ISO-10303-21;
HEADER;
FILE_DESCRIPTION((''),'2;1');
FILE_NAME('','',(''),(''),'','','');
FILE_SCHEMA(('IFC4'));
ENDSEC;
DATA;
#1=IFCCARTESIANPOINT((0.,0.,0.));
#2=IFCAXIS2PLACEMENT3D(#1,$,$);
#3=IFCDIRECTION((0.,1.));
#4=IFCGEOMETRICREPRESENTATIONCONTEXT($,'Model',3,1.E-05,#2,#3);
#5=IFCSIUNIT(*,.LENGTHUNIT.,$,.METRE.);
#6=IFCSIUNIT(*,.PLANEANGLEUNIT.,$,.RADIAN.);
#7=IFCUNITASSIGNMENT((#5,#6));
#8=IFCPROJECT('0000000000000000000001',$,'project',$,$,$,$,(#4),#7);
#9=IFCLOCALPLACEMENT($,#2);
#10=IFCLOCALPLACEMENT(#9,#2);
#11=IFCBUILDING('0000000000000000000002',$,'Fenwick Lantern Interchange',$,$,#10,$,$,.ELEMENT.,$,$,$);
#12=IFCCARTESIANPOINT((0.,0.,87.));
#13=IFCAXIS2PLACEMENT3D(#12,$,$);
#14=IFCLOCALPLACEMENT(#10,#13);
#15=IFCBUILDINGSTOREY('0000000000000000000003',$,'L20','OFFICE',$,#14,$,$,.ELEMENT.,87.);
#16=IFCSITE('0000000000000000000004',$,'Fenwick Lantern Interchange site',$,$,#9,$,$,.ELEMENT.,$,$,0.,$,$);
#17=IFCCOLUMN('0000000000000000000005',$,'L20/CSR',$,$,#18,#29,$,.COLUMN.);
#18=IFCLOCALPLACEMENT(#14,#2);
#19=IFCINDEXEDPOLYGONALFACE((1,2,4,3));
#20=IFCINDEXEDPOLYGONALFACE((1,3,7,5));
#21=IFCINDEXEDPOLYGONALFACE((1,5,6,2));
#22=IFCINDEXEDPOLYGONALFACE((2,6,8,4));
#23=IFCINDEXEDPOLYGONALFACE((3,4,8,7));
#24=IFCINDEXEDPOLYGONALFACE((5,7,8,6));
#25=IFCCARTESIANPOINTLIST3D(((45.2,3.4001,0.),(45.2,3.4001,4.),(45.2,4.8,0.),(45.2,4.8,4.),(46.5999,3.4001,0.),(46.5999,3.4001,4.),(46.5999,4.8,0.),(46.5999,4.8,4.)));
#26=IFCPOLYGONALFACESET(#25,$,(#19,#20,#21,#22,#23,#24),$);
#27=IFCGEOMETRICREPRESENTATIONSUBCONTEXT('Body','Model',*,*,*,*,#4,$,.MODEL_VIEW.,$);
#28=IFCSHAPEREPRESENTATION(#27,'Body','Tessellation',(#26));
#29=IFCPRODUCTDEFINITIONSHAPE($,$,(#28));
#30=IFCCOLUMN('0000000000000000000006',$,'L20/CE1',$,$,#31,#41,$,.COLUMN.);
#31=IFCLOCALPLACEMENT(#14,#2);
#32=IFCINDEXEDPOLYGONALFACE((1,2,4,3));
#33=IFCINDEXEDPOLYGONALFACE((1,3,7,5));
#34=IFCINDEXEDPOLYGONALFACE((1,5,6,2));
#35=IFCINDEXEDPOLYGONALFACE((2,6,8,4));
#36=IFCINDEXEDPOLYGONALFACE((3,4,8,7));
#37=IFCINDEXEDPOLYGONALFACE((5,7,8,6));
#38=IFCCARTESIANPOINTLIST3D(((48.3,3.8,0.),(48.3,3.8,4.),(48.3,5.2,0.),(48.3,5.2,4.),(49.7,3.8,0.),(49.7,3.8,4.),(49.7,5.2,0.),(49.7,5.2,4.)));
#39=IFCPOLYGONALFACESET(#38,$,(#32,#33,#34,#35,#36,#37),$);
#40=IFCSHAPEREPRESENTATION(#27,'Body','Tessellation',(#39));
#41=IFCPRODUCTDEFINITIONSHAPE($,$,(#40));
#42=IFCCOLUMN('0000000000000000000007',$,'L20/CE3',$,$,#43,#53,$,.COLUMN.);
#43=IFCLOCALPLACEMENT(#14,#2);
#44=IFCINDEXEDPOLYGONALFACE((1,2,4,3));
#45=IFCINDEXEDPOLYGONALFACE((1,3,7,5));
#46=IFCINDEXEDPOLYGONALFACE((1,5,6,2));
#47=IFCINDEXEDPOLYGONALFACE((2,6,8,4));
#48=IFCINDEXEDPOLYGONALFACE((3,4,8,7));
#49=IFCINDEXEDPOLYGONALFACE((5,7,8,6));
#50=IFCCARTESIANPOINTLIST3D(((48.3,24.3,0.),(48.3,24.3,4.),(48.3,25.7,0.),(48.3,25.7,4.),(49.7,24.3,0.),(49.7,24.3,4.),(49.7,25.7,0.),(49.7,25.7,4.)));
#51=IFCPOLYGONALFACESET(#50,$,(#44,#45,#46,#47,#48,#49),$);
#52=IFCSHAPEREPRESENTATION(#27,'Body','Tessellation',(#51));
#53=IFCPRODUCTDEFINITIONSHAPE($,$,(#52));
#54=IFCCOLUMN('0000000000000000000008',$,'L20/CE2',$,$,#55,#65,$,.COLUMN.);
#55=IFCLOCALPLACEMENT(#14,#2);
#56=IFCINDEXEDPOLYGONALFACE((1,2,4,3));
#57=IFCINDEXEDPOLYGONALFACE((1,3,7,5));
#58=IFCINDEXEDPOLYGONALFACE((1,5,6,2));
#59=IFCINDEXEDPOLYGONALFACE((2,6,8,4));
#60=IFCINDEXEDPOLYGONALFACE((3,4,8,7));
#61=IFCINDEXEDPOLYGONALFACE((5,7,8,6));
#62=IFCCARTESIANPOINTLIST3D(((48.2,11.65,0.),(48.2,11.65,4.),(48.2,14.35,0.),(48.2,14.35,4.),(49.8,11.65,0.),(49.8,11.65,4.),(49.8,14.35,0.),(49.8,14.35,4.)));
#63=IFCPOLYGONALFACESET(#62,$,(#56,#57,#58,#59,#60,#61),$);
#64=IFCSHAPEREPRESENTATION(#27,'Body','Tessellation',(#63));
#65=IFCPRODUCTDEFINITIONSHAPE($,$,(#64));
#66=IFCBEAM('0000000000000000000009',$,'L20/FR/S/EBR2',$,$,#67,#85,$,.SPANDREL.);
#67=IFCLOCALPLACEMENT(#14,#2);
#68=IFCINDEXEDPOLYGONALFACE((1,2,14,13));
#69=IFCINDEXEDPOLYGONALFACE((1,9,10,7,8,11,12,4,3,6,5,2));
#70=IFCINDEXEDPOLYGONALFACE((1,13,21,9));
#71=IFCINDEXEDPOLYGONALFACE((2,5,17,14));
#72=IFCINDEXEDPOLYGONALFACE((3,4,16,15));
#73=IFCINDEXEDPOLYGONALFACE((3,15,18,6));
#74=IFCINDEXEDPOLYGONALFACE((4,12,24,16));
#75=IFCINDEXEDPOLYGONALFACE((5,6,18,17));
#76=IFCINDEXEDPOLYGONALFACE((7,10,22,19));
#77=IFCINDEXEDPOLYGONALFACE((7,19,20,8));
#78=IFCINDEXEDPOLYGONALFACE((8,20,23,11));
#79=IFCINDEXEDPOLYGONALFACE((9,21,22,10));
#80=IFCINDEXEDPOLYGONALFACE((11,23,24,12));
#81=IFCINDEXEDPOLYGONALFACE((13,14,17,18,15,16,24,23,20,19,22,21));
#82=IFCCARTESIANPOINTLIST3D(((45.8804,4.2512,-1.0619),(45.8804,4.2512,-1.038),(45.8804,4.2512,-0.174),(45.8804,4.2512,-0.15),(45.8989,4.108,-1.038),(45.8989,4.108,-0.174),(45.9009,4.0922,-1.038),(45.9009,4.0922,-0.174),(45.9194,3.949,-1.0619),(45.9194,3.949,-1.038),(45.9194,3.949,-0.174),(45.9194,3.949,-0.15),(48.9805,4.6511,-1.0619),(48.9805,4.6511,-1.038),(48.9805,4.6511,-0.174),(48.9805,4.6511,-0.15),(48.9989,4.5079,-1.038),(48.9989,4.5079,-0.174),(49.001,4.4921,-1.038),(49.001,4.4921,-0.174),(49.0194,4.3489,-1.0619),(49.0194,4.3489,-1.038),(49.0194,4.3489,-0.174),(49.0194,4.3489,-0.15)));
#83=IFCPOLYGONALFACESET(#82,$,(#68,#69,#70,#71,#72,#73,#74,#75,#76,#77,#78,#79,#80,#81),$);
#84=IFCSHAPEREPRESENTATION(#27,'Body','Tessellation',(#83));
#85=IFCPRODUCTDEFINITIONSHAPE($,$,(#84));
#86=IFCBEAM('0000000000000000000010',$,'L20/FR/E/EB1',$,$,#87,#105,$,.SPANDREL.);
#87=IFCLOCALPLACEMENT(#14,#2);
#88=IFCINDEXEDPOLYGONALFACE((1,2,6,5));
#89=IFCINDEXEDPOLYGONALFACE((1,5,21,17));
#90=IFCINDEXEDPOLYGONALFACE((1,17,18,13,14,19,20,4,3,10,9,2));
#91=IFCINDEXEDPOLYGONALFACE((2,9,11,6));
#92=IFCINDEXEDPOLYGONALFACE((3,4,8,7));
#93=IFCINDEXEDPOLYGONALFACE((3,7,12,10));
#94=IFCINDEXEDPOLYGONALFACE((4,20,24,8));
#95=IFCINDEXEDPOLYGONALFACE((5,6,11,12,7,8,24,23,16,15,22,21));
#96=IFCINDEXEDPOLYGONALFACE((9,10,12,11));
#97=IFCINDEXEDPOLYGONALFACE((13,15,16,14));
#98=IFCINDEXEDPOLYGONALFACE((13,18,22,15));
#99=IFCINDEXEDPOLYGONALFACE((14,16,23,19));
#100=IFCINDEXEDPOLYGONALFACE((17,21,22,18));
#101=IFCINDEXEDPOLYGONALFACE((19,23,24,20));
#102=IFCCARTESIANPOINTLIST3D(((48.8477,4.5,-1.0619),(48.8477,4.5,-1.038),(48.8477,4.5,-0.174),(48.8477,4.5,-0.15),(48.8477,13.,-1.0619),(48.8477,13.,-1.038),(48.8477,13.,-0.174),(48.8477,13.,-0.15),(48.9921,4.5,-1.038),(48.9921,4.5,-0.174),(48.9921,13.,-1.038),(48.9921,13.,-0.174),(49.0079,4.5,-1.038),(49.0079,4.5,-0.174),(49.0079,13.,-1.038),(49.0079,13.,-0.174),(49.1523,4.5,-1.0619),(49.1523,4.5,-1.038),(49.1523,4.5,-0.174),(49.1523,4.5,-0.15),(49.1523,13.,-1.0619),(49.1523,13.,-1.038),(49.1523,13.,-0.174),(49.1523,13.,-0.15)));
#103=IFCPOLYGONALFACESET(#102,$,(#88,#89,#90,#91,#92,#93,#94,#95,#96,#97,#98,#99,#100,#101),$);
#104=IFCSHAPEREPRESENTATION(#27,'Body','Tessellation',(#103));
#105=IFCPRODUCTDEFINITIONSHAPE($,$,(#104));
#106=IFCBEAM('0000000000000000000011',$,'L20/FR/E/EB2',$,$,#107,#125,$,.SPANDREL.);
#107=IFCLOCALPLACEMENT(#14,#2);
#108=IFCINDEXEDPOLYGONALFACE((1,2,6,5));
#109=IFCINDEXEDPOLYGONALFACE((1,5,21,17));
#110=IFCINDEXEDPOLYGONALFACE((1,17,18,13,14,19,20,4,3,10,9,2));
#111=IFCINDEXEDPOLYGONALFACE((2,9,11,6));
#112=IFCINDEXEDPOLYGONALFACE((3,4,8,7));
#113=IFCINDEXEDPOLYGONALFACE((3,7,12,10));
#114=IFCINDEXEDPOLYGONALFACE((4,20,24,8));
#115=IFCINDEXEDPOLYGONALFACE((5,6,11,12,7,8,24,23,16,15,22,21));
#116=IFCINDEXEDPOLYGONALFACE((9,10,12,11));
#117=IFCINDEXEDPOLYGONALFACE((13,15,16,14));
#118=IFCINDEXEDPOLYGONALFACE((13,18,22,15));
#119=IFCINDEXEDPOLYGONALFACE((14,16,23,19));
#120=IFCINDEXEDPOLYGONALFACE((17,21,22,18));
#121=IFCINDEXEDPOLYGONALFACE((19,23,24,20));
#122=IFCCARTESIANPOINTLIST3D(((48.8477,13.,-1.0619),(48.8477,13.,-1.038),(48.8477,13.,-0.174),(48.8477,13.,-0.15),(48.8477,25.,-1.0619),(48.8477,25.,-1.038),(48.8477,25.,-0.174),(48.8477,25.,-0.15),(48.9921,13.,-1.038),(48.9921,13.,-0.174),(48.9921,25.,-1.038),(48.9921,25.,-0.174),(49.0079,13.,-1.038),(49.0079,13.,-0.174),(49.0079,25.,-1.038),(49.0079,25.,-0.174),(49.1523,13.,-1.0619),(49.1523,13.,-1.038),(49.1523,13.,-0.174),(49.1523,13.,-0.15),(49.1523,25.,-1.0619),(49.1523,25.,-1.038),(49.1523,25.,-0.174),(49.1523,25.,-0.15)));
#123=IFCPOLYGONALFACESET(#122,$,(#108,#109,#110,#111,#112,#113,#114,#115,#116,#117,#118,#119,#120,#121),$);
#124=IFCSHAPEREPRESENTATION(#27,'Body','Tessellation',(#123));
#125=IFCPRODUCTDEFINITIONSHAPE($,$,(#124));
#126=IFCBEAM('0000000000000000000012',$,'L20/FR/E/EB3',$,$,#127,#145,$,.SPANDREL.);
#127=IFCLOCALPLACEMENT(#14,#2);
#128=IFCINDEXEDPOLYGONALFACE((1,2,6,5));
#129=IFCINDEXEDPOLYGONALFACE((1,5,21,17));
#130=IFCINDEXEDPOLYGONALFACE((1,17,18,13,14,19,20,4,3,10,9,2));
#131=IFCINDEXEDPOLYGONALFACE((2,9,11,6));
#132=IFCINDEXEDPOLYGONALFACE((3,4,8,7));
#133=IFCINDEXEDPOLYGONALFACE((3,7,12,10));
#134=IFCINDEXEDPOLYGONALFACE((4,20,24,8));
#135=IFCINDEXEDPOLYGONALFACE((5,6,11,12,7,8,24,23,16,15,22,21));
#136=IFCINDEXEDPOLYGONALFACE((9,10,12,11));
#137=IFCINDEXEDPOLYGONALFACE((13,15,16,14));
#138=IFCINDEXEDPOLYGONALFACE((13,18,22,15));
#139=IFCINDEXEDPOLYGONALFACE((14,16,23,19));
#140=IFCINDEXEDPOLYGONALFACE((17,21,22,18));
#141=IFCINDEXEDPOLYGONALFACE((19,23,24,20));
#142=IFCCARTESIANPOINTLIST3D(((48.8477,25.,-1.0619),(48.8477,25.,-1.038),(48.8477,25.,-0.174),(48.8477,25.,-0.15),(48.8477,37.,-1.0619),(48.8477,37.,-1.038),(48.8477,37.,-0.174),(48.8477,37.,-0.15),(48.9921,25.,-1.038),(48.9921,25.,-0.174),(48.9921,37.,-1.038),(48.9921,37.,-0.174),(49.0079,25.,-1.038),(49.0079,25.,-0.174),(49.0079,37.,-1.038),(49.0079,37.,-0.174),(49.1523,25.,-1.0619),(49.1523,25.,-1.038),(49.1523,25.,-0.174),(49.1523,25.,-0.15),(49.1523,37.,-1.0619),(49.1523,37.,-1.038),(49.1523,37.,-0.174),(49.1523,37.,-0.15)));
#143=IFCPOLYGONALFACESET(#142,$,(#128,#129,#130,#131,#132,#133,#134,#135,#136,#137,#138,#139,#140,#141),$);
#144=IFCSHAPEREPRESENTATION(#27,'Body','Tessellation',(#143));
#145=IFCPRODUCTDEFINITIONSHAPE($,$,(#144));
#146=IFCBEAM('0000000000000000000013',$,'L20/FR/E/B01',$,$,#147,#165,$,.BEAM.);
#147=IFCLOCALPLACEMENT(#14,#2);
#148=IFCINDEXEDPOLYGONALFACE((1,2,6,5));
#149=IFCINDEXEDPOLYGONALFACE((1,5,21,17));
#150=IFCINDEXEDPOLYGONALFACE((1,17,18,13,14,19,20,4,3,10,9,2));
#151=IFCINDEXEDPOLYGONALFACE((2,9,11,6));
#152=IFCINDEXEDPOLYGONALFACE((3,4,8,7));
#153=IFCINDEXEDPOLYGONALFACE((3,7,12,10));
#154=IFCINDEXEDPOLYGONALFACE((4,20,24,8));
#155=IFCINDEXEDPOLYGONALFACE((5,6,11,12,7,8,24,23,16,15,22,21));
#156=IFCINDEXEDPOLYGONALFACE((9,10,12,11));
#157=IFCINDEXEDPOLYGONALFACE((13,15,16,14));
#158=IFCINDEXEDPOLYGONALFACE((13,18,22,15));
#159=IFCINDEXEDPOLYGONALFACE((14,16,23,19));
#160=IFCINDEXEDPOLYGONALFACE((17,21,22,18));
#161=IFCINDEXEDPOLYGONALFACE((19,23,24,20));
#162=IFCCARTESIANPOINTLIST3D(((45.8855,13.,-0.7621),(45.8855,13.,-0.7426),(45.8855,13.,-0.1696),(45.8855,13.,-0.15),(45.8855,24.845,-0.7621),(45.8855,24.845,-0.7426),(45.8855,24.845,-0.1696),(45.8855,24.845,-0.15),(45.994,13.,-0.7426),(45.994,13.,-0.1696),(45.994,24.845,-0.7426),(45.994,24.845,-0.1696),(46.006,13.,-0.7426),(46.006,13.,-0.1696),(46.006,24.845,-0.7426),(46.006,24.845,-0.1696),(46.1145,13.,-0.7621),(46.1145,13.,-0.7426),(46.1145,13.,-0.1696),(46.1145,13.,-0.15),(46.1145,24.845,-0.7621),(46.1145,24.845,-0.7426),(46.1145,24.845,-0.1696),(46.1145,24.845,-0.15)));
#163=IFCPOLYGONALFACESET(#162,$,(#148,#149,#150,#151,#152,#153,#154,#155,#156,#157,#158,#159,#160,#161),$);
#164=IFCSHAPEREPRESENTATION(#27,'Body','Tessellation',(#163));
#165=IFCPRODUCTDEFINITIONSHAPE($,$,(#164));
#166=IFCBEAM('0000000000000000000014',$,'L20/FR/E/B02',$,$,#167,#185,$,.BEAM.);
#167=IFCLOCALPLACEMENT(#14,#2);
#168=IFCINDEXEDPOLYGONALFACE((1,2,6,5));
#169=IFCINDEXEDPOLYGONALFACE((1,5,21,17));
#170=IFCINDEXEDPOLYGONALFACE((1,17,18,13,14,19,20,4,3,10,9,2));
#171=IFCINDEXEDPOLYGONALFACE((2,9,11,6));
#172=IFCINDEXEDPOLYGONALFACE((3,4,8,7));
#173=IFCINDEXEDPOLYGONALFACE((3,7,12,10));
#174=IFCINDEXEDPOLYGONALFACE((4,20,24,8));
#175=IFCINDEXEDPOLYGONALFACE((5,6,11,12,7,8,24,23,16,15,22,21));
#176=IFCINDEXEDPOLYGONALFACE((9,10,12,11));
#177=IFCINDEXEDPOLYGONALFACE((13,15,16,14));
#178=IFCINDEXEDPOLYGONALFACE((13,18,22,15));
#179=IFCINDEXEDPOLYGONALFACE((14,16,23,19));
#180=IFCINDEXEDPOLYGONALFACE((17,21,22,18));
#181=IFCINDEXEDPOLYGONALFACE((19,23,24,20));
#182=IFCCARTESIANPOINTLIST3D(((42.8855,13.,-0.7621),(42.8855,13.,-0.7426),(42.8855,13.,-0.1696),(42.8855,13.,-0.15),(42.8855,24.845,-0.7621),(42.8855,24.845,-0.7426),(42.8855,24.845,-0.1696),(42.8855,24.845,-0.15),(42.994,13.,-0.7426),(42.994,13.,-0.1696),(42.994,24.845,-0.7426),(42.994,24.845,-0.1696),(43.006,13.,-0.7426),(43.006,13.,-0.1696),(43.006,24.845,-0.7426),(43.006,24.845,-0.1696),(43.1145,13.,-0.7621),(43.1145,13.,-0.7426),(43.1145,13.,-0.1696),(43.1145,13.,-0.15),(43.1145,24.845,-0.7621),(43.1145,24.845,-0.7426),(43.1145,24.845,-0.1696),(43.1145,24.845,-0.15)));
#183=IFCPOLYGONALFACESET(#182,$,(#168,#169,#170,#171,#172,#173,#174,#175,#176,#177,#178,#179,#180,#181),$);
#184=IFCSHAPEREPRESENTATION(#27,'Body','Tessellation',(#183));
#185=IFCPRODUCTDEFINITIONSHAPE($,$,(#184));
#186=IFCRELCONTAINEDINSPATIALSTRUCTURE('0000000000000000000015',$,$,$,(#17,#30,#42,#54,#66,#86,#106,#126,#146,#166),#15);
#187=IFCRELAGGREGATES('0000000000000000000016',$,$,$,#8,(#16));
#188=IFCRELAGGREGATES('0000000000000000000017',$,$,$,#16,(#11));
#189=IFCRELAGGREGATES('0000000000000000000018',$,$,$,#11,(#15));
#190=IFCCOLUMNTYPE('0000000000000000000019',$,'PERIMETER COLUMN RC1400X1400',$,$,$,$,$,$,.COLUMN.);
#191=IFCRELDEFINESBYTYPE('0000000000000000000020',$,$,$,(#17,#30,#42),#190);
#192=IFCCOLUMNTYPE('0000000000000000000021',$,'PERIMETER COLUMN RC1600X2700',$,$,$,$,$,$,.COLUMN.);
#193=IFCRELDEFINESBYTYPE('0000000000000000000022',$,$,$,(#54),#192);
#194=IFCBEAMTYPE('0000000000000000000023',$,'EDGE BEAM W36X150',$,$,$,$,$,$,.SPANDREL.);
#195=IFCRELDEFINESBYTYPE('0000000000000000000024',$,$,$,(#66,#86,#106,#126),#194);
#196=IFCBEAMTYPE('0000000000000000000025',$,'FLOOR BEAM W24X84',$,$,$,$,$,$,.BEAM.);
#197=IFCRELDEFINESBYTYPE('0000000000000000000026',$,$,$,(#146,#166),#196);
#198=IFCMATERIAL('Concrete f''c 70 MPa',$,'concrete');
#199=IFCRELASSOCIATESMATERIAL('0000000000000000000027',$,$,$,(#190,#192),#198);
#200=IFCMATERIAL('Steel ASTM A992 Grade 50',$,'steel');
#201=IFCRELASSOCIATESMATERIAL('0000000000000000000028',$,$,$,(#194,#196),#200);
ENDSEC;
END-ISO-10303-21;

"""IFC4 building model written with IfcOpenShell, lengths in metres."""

from ifc_helpers import new_model, si_unit, direction, frame, origin, origin_2d, place, context, subcontext, project, spatial, rectangle, i_section, extrude, material, material_profile, profile_set, type_object, element, save


model = new_model("IFC4")

# Units and contexts
model_context = context("Model", 3, precision=1e-05, world=origin(), true_north=direction((0.0, 1.0)))
body_context = subcontext(model_context, "Body", "Model", "MODEL_VIEW")
ifc_project = project(units=[si_unit("LENGTHUNIT", "METRE"), si_unit("PLANEANGLEUNIT", "RADIAN")], contexts=[model_context])

# Site, building, storey
site_placement = place(None, origin())
site = spatial("IfcSite", under=ifc_project, at=site_placement, Name="Fenwick Lantern Interchange site", CompositionType="ELEMENT", RefElevation=0.0)
building_placement = place(site_placement, origin())
building = spatial("IfcBuilding", under=site, at=building_placement, Name="Fenwick Lantern Interchange", CompositionType="ELEMENT")
storey_placement = place(building_placement, frame((0.0, 0.0, 87.0)))
storey = spatial("IfcBuildingStorey", under=building, at=storey_placement, Name="L20", Description="OFFICE", CompositionType="ELEMENT", Elevation=87.0)

# Columns
ifc_material_1 = material(Name="Concrete f'c 70 MPa", Category="concrete")
ifc_material_profile_1 = material_profile(ifc_material_1, rectangle(XDim=1.3999, YDim=1.3999, at=origin_2d()), Name="RC1400X1400")
ifc_profile_set_1 = profile_set([ifc_material_profile_1], Name="Concrete f'c 70 MPa")
column_type_1 = type_object("IfcColumnType", Name="PERIMETER COLUMN RC1400X1400", PredefinedType="COLUMN", material=ifc_profile_set_1)
for number, where, z_axis, x_axis, name in (
    (1, (45.8999, 4.1001, 0.0), (0.0, 0.0, 1.0), (1.0, 0.0, 0.0), "L20/CSR"),
    (2, (49.0, 4.5, 0.0), (0.0, 0.0, 1.0), (1.0, 0.0, 0.0), "L20/CE1"),
    (3, (49.0, 25.0, 0.0), (0.0, 0.0, 1.0), (1.0, 0.0, 0.0), "L20/CE3"),
):
    element("IfcColumn", number, at=place(storey_placement, frame(where, z_axis=z_axis, x_axis=x_axis)), inside=storey, type_object=column_type_1, Name=name, PredefinedType="COLUMN", context=body_context, shape_type="SweptSolid", body=[
        extrude(rectangle(XDim=1.3999, YDim=1.3999, at=origin_2d()), origin(), (0.0, 0.0, 1.0), 4.0),
    ])
ifc_material_profile_2 = material_profile(ifc_material_1, rectangle(XDim=1.6001, YDim=2.7, at=origin_2d()), Name="RC1600X2700")
ifc_profile_set_2 = profile_set([ifc_material_profile_2], Name="Concrete f'c 70 MPa")
column_type_2 = type_object("IfcColumnType", Name="PERIMETER COLUMN RC1600X2700", PredefinedType="COLUMN", material=ifc_profile_set_2)
column_placement = place(storey_placement, frame((49.0, 13.0, 0.0), z_axis=(0.0, 0.0, 1.0), x_axis=(1.0, 0.0, 0.0)))
element("IfcColumn", 4, at=column_placement, inside=storey, type_object=column_type_2, Name="L20/CE2", PredefinedType="COLUMN", context=body_context, shape_type="SweptSolid", body=[
    extrude(rectangle(XDim=1.6001, YDim=2.7, at=origin_2d()), origin(), (0.0, 0.0, 1.0), 4.0),
])

# Beams
ifc_material_2 = material(Name="Steel ASTM A992 Grade 50", Category="steel")
ifc_material_profile_3 = material_profile(ifc_material_2, i_section(OverallWidth=0.3047, OverallDepth=0.9119, WebThickness=0.0159, FlangeThickness=0.0239, at=origin_2d()), Name="W36X150")
ifc_profile_set_3 = profile_set([ifc_material_profile_3], Name="Steel ASTM A992 Grade 50")
beam_type_1 = type_object("IfcBeamType", Name="EDGE BEAM W36X150", PredefinedType="SPANDREL", material=ifc_profile_set_3)
beam_1_placement = place(storey_placement, frame((45.8999, 4.1001, -0.606), z_axis=(0.991782, 0.127937, 0.0), x_axis=(-0.127937, 0.991782, 0.0)))
element("IfcBeam", 5, at=beam_1_placement, inside=storey, type_object=beam_type_1, Name="L20/FR/S/EBR2", PredefinedType="SPANDREL", context=body_context, shape_type="SweptSolid", body=[
    extrude(i_section(OverallWidth=0.3047, OverallDepth=0.9119, WebThickness=0.0159, FlangeThickness=0.0239, at=origin_2d()), origin(), (0.0, 0.0, 1.0), 3.1257),
])
beam_2_placement = place(storey_placement, frame((49.0, 4.5, -0.606), z_axis=(0.0, 1.0, 0.0), x_axis=(-1.0, 0.0, 0.0)))
element("IfcBeam", 6, at=beam_2_placement, inside=storey, type_object=beam_type_1, Name="L20/FR/E/EB1", PredefinedType="SPANDREL", context=body_context, shape_type="SweptSolid", body=[
    extrude(i_section(OverallWidth=0.3047, OverallDepth=0.9119, WebThickness=0.0159, FlangeThickness=0.0239, at=origin_2d()), origin(), (0.0, 0.0, 1.0), 8.5),
])
for number, where, z_axis, x_axis, name in (
    (7, (49.0, 13.0, -0.606), (0.0, 1.0, 0.0), (-1.0, 0.0, 0.0), "L20/FR/E/EB2"),
    (8, (49.0, 25.0, -0.606), (0.0, 1.0, 0.0), (-1.0, 0.0, 0.0), "L20/FR/E/EB3"),
):
    element("IfcBeam", number, at=place(storey_placement, frame(where, z_axis=z_axis, x_axis=x_axis)), inside=storey, type_object=beam_type_1, Name=name, PredefinedType="SPANDREL", context=body_context, shape_type="SweptSolid", body=[
        extrude(i_section(OverallWidth=0.3047, OverallDepth=0.9119, WebThickness=0.0159, FlangeThickness=0.0239, at=origin_2d()), origin(), (0.0, 0.0, 1.0), 12.0),
    ])
ifc_material_profile_4 = material_profile(ifc_material_2, i_section(OverallWidth=0.229, OverallDepth=0.6121, WebThickness=0.012, FlangeThickness=0.0195, at=origin_2d()), Name="W24X84")
ifc_profile_set_4 = profile_set([ifc_material_profile_4], Name="Steel ASTM A992 Grade 50")
beam_type_2 = type_object("IfcBeamType", Name="FLOOR BEAM W24X84", PredefinedType="BEAM", material=ifc_profile_set_4)
for number, where, z_axis, x_axis, name in (
    (9, (46.0, 13.0, -0.4561), (0.0, 1.0, 0.0), (-1.0, 0.0, 0.0), "L20/FR/E/B01"),
    (10, (43.0, 13.0, -0.4561), (0.0, 1.0, 0.0), (-1.0, 0.0, 0.0), "L20/FR/E/B02"),
):
    element("IfcBeam", number, at=place(storey_placement, frame(where, z_axis=z_axis, x_axis=x_axis)), inside=storey, type_object=beam_type_2, Name=name, PredefinedType="BEAM", context=body_context, shape_type="SweptSolid", body=[
        extrude(i_section(OverallWidth=0.229, OverallDepth=0.6121, WebThickness=0.012, FlangeThickness=0.0195, at=origin_2d()), origin(), (0.0, 0.0, 1.0), 11.845),
    ])

save(model, "model.ifc")
